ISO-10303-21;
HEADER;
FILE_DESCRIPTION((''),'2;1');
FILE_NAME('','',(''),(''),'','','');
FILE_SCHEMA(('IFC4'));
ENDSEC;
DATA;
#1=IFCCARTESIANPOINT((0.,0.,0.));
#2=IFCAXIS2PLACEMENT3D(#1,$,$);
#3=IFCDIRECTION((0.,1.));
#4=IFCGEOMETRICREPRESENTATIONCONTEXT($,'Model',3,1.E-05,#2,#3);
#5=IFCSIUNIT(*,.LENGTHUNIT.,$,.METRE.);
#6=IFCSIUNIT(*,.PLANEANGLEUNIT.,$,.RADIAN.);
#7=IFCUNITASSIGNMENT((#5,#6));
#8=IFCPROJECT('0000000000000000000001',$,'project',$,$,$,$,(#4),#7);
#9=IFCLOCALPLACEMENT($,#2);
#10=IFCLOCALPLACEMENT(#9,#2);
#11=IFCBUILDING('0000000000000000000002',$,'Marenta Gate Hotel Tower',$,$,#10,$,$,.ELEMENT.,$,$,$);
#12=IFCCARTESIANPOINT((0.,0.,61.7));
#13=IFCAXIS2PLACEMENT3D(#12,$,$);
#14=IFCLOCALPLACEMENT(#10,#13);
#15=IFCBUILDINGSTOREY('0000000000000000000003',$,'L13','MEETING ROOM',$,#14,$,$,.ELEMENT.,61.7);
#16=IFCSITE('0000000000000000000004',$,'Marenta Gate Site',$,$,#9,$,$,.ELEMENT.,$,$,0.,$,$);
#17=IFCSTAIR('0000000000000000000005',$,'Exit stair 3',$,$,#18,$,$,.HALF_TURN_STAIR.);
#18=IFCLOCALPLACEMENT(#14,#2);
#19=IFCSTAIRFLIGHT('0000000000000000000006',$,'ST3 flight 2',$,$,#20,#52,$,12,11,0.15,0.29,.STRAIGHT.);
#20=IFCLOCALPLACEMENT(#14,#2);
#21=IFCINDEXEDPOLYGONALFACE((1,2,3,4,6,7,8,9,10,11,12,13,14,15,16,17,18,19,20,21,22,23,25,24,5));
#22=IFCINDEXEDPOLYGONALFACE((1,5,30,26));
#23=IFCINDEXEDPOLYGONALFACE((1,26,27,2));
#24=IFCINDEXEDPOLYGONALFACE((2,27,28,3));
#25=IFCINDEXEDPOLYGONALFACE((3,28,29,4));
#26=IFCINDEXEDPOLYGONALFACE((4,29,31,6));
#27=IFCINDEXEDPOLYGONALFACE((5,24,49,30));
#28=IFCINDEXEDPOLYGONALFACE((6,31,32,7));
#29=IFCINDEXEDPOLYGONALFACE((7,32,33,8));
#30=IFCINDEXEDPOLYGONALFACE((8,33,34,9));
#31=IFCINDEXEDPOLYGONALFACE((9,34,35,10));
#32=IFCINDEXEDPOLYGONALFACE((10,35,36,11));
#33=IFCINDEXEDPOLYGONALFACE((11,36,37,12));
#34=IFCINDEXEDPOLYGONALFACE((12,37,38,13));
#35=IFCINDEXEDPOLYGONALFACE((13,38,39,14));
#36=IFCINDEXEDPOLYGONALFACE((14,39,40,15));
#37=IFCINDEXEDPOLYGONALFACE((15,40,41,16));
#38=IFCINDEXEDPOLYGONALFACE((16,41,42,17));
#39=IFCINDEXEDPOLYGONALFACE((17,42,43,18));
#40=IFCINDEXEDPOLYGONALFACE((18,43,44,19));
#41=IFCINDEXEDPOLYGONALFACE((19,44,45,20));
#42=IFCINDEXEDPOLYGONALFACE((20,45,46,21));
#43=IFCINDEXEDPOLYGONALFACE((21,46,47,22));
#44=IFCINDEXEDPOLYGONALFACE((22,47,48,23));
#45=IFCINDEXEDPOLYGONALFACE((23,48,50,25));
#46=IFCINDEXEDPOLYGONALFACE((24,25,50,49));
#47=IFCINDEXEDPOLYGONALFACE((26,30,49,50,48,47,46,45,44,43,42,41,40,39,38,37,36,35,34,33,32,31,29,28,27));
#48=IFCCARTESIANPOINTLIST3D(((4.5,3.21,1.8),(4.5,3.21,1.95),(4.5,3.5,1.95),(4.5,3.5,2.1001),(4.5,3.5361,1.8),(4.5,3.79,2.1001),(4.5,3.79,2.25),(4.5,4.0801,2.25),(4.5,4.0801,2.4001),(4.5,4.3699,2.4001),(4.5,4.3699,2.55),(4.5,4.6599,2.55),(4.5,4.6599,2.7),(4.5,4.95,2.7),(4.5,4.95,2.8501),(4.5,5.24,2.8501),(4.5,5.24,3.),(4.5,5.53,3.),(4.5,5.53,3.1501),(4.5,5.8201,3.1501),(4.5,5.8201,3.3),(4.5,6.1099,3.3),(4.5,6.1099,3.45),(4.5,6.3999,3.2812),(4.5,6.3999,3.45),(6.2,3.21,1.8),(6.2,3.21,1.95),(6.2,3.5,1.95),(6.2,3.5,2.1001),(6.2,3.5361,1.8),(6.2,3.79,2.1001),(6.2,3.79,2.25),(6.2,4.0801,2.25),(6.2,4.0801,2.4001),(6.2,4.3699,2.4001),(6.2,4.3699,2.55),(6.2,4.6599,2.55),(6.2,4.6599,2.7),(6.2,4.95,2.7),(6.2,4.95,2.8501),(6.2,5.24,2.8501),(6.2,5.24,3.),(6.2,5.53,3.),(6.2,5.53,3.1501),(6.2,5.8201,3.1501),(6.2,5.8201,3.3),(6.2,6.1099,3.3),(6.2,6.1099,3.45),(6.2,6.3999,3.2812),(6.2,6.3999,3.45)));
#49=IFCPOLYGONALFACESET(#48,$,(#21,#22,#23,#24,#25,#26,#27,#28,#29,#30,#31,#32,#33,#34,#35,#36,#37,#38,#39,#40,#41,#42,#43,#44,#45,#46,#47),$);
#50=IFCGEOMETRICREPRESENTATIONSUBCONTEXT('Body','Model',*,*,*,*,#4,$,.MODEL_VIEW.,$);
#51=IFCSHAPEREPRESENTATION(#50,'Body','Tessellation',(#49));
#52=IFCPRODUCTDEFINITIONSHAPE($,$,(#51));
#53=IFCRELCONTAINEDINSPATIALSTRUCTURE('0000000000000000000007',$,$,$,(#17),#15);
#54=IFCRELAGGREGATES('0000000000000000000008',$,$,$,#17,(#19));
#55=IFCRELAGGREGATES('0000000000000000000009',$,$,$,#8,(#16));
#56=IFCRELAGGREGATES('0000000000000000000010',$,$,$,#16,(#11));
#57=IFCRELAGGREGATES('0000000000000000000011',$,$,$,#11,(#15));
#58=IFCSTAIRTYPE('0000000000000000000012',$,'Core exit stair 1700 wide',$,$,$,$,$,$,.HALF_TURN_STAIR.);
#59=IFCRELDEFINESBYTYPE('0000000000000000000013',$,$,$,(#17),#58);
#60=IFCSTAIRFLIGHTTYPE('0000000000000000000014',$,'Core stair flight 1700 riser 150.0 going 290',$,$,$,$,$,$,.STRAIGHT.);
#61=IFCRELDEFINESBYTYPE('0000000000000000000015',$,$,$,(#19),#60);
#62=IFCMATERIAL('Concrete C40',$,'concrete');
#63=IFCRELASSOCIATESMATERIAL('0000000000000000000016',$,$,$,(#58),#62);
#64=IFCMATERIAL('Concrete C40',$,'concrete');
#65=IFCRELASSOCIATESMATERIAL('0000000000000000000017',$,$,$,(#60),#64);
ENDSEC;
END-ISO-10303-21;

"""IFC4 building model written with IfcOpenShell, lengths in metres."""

from ifc_helpers import new_model, si_unit, direction, frame, origin, place, context, subcontext, project, spatial, polyline, outline, extrude, material, type_object, element, aggregate, save


model = new_model("IFC4")

# Units and contexts
model_context = context("Model", 3, precision=1e-05, world=origin(), true_north=direction((0.0, 1.0)))
body_context = subcontext(model_context, "Body", "Model", "MODEL_VIEW")
ifc_project = project(units=[si_unit("LENGTHUNIT", "METRE"), si_unit("PLANEANGLEUNIT", "RADIAN")], contexts=[model_context])

# Site, building, storey
site_placement = place(None, origin())
site = spatial("IfcSite", under=ifc_project, at=site_placement, Name="Marenta Gate Site", CompositionType="ELEMENT", RefElevation=0.0)
building_placement = place(site_placement, origin())
building = spatial("IfcBuilding", under=site, at=building_placement, Name="Marenta Gate Hotel Tower", CompositionType="ELEMENT")
storey_placement = place(building_placement, frame((0.0, 0.0, 61.7)))
storey = spatial("IfcBuildingStorey", under=building, at=storey_placement, Name="L13", Description="MEETING ROOM", CompositionType="ELEMENT", Elevation=61.7)

# Stair, stair flight
ifc_material_1 = material(Name="Concrete C40", Category="concrete")
stair_type = type_object("IfcStairType", Name="Core exit stair 1700 wide", PredefinedType="HALF_TURN_STAIR", material=ifc_material_1)
stair_placement = place(storey_placement, origin())
stair = element("IfcStair", 1, at=stair_placement, inside=storey, type_object=stair_type, Name="Exit stair 3", PredefinedType="HALF_TURN_STAIR")
ifc_material_2 = material(Name="Concrete C40", Category="concrete")
stair_flight_type = type_object("IfcStairFlightType", Name="Core stair flight 1700 riser 150.0 going 290", PredefinedType="STRAIGHT", material=ifc_material_2)
stair_flight_1_placement = place(storey_placement, frame((5.3501, 3.21, 1.8), z_axis=(0.0, 0.0, 1.0), x_axis=(0.0, 1.0, 0.0)))
stair_flight_1 = element("IfcStairFlight", 2, at=stair_flight_1_placement, type_object=stair_flight_type, Name="ST3 flight 2", NumberOfRisers=12, NumberOfTreads=11, PredefinedType="STRAIGHT", RiserHeight=0.15, TreadLength=0.29, context=body_context, shape_type="SweptSolid", body=[
    extrude(outline(polyline([(0.0, 0.0), (0.0, 0.1499), (0.29, 0.1499), (0.29, 0.3), (0.5801, 0.3), (0.5801, 0.45), (0.8701, 0.45), (0.8701, 0.6001), (1.1599, 0.6001), (1.1599, 0.75), (1.45, 0.75), (1.45, 0.8999), (1.74, 0.8999), (1.74, 1.05), (2.03, 1.05), (2.03, 1.2), (2.3201, 1.2), (2.3201, 1.3501), (2.6101, 1.3501), (2.6101, 1.5), (2.8999, 1.5), (2.8999, 1.6499), (3.1899, 1.6499), (3.1899, 1.8), (3.1899, 1.4812), (0.3262, 0.0), (0.0, 0.0)])), frame((0.0, 0.8501, 0.0), z_axis=(0.0, -1.0, 0.0), x_axis=(1.0, 0.0, 0.0)), (0.0, 0.0, 1.0), 1.7),
])
aggregate(stair, [stair_flight_1])

save(model, "model.ifc")
